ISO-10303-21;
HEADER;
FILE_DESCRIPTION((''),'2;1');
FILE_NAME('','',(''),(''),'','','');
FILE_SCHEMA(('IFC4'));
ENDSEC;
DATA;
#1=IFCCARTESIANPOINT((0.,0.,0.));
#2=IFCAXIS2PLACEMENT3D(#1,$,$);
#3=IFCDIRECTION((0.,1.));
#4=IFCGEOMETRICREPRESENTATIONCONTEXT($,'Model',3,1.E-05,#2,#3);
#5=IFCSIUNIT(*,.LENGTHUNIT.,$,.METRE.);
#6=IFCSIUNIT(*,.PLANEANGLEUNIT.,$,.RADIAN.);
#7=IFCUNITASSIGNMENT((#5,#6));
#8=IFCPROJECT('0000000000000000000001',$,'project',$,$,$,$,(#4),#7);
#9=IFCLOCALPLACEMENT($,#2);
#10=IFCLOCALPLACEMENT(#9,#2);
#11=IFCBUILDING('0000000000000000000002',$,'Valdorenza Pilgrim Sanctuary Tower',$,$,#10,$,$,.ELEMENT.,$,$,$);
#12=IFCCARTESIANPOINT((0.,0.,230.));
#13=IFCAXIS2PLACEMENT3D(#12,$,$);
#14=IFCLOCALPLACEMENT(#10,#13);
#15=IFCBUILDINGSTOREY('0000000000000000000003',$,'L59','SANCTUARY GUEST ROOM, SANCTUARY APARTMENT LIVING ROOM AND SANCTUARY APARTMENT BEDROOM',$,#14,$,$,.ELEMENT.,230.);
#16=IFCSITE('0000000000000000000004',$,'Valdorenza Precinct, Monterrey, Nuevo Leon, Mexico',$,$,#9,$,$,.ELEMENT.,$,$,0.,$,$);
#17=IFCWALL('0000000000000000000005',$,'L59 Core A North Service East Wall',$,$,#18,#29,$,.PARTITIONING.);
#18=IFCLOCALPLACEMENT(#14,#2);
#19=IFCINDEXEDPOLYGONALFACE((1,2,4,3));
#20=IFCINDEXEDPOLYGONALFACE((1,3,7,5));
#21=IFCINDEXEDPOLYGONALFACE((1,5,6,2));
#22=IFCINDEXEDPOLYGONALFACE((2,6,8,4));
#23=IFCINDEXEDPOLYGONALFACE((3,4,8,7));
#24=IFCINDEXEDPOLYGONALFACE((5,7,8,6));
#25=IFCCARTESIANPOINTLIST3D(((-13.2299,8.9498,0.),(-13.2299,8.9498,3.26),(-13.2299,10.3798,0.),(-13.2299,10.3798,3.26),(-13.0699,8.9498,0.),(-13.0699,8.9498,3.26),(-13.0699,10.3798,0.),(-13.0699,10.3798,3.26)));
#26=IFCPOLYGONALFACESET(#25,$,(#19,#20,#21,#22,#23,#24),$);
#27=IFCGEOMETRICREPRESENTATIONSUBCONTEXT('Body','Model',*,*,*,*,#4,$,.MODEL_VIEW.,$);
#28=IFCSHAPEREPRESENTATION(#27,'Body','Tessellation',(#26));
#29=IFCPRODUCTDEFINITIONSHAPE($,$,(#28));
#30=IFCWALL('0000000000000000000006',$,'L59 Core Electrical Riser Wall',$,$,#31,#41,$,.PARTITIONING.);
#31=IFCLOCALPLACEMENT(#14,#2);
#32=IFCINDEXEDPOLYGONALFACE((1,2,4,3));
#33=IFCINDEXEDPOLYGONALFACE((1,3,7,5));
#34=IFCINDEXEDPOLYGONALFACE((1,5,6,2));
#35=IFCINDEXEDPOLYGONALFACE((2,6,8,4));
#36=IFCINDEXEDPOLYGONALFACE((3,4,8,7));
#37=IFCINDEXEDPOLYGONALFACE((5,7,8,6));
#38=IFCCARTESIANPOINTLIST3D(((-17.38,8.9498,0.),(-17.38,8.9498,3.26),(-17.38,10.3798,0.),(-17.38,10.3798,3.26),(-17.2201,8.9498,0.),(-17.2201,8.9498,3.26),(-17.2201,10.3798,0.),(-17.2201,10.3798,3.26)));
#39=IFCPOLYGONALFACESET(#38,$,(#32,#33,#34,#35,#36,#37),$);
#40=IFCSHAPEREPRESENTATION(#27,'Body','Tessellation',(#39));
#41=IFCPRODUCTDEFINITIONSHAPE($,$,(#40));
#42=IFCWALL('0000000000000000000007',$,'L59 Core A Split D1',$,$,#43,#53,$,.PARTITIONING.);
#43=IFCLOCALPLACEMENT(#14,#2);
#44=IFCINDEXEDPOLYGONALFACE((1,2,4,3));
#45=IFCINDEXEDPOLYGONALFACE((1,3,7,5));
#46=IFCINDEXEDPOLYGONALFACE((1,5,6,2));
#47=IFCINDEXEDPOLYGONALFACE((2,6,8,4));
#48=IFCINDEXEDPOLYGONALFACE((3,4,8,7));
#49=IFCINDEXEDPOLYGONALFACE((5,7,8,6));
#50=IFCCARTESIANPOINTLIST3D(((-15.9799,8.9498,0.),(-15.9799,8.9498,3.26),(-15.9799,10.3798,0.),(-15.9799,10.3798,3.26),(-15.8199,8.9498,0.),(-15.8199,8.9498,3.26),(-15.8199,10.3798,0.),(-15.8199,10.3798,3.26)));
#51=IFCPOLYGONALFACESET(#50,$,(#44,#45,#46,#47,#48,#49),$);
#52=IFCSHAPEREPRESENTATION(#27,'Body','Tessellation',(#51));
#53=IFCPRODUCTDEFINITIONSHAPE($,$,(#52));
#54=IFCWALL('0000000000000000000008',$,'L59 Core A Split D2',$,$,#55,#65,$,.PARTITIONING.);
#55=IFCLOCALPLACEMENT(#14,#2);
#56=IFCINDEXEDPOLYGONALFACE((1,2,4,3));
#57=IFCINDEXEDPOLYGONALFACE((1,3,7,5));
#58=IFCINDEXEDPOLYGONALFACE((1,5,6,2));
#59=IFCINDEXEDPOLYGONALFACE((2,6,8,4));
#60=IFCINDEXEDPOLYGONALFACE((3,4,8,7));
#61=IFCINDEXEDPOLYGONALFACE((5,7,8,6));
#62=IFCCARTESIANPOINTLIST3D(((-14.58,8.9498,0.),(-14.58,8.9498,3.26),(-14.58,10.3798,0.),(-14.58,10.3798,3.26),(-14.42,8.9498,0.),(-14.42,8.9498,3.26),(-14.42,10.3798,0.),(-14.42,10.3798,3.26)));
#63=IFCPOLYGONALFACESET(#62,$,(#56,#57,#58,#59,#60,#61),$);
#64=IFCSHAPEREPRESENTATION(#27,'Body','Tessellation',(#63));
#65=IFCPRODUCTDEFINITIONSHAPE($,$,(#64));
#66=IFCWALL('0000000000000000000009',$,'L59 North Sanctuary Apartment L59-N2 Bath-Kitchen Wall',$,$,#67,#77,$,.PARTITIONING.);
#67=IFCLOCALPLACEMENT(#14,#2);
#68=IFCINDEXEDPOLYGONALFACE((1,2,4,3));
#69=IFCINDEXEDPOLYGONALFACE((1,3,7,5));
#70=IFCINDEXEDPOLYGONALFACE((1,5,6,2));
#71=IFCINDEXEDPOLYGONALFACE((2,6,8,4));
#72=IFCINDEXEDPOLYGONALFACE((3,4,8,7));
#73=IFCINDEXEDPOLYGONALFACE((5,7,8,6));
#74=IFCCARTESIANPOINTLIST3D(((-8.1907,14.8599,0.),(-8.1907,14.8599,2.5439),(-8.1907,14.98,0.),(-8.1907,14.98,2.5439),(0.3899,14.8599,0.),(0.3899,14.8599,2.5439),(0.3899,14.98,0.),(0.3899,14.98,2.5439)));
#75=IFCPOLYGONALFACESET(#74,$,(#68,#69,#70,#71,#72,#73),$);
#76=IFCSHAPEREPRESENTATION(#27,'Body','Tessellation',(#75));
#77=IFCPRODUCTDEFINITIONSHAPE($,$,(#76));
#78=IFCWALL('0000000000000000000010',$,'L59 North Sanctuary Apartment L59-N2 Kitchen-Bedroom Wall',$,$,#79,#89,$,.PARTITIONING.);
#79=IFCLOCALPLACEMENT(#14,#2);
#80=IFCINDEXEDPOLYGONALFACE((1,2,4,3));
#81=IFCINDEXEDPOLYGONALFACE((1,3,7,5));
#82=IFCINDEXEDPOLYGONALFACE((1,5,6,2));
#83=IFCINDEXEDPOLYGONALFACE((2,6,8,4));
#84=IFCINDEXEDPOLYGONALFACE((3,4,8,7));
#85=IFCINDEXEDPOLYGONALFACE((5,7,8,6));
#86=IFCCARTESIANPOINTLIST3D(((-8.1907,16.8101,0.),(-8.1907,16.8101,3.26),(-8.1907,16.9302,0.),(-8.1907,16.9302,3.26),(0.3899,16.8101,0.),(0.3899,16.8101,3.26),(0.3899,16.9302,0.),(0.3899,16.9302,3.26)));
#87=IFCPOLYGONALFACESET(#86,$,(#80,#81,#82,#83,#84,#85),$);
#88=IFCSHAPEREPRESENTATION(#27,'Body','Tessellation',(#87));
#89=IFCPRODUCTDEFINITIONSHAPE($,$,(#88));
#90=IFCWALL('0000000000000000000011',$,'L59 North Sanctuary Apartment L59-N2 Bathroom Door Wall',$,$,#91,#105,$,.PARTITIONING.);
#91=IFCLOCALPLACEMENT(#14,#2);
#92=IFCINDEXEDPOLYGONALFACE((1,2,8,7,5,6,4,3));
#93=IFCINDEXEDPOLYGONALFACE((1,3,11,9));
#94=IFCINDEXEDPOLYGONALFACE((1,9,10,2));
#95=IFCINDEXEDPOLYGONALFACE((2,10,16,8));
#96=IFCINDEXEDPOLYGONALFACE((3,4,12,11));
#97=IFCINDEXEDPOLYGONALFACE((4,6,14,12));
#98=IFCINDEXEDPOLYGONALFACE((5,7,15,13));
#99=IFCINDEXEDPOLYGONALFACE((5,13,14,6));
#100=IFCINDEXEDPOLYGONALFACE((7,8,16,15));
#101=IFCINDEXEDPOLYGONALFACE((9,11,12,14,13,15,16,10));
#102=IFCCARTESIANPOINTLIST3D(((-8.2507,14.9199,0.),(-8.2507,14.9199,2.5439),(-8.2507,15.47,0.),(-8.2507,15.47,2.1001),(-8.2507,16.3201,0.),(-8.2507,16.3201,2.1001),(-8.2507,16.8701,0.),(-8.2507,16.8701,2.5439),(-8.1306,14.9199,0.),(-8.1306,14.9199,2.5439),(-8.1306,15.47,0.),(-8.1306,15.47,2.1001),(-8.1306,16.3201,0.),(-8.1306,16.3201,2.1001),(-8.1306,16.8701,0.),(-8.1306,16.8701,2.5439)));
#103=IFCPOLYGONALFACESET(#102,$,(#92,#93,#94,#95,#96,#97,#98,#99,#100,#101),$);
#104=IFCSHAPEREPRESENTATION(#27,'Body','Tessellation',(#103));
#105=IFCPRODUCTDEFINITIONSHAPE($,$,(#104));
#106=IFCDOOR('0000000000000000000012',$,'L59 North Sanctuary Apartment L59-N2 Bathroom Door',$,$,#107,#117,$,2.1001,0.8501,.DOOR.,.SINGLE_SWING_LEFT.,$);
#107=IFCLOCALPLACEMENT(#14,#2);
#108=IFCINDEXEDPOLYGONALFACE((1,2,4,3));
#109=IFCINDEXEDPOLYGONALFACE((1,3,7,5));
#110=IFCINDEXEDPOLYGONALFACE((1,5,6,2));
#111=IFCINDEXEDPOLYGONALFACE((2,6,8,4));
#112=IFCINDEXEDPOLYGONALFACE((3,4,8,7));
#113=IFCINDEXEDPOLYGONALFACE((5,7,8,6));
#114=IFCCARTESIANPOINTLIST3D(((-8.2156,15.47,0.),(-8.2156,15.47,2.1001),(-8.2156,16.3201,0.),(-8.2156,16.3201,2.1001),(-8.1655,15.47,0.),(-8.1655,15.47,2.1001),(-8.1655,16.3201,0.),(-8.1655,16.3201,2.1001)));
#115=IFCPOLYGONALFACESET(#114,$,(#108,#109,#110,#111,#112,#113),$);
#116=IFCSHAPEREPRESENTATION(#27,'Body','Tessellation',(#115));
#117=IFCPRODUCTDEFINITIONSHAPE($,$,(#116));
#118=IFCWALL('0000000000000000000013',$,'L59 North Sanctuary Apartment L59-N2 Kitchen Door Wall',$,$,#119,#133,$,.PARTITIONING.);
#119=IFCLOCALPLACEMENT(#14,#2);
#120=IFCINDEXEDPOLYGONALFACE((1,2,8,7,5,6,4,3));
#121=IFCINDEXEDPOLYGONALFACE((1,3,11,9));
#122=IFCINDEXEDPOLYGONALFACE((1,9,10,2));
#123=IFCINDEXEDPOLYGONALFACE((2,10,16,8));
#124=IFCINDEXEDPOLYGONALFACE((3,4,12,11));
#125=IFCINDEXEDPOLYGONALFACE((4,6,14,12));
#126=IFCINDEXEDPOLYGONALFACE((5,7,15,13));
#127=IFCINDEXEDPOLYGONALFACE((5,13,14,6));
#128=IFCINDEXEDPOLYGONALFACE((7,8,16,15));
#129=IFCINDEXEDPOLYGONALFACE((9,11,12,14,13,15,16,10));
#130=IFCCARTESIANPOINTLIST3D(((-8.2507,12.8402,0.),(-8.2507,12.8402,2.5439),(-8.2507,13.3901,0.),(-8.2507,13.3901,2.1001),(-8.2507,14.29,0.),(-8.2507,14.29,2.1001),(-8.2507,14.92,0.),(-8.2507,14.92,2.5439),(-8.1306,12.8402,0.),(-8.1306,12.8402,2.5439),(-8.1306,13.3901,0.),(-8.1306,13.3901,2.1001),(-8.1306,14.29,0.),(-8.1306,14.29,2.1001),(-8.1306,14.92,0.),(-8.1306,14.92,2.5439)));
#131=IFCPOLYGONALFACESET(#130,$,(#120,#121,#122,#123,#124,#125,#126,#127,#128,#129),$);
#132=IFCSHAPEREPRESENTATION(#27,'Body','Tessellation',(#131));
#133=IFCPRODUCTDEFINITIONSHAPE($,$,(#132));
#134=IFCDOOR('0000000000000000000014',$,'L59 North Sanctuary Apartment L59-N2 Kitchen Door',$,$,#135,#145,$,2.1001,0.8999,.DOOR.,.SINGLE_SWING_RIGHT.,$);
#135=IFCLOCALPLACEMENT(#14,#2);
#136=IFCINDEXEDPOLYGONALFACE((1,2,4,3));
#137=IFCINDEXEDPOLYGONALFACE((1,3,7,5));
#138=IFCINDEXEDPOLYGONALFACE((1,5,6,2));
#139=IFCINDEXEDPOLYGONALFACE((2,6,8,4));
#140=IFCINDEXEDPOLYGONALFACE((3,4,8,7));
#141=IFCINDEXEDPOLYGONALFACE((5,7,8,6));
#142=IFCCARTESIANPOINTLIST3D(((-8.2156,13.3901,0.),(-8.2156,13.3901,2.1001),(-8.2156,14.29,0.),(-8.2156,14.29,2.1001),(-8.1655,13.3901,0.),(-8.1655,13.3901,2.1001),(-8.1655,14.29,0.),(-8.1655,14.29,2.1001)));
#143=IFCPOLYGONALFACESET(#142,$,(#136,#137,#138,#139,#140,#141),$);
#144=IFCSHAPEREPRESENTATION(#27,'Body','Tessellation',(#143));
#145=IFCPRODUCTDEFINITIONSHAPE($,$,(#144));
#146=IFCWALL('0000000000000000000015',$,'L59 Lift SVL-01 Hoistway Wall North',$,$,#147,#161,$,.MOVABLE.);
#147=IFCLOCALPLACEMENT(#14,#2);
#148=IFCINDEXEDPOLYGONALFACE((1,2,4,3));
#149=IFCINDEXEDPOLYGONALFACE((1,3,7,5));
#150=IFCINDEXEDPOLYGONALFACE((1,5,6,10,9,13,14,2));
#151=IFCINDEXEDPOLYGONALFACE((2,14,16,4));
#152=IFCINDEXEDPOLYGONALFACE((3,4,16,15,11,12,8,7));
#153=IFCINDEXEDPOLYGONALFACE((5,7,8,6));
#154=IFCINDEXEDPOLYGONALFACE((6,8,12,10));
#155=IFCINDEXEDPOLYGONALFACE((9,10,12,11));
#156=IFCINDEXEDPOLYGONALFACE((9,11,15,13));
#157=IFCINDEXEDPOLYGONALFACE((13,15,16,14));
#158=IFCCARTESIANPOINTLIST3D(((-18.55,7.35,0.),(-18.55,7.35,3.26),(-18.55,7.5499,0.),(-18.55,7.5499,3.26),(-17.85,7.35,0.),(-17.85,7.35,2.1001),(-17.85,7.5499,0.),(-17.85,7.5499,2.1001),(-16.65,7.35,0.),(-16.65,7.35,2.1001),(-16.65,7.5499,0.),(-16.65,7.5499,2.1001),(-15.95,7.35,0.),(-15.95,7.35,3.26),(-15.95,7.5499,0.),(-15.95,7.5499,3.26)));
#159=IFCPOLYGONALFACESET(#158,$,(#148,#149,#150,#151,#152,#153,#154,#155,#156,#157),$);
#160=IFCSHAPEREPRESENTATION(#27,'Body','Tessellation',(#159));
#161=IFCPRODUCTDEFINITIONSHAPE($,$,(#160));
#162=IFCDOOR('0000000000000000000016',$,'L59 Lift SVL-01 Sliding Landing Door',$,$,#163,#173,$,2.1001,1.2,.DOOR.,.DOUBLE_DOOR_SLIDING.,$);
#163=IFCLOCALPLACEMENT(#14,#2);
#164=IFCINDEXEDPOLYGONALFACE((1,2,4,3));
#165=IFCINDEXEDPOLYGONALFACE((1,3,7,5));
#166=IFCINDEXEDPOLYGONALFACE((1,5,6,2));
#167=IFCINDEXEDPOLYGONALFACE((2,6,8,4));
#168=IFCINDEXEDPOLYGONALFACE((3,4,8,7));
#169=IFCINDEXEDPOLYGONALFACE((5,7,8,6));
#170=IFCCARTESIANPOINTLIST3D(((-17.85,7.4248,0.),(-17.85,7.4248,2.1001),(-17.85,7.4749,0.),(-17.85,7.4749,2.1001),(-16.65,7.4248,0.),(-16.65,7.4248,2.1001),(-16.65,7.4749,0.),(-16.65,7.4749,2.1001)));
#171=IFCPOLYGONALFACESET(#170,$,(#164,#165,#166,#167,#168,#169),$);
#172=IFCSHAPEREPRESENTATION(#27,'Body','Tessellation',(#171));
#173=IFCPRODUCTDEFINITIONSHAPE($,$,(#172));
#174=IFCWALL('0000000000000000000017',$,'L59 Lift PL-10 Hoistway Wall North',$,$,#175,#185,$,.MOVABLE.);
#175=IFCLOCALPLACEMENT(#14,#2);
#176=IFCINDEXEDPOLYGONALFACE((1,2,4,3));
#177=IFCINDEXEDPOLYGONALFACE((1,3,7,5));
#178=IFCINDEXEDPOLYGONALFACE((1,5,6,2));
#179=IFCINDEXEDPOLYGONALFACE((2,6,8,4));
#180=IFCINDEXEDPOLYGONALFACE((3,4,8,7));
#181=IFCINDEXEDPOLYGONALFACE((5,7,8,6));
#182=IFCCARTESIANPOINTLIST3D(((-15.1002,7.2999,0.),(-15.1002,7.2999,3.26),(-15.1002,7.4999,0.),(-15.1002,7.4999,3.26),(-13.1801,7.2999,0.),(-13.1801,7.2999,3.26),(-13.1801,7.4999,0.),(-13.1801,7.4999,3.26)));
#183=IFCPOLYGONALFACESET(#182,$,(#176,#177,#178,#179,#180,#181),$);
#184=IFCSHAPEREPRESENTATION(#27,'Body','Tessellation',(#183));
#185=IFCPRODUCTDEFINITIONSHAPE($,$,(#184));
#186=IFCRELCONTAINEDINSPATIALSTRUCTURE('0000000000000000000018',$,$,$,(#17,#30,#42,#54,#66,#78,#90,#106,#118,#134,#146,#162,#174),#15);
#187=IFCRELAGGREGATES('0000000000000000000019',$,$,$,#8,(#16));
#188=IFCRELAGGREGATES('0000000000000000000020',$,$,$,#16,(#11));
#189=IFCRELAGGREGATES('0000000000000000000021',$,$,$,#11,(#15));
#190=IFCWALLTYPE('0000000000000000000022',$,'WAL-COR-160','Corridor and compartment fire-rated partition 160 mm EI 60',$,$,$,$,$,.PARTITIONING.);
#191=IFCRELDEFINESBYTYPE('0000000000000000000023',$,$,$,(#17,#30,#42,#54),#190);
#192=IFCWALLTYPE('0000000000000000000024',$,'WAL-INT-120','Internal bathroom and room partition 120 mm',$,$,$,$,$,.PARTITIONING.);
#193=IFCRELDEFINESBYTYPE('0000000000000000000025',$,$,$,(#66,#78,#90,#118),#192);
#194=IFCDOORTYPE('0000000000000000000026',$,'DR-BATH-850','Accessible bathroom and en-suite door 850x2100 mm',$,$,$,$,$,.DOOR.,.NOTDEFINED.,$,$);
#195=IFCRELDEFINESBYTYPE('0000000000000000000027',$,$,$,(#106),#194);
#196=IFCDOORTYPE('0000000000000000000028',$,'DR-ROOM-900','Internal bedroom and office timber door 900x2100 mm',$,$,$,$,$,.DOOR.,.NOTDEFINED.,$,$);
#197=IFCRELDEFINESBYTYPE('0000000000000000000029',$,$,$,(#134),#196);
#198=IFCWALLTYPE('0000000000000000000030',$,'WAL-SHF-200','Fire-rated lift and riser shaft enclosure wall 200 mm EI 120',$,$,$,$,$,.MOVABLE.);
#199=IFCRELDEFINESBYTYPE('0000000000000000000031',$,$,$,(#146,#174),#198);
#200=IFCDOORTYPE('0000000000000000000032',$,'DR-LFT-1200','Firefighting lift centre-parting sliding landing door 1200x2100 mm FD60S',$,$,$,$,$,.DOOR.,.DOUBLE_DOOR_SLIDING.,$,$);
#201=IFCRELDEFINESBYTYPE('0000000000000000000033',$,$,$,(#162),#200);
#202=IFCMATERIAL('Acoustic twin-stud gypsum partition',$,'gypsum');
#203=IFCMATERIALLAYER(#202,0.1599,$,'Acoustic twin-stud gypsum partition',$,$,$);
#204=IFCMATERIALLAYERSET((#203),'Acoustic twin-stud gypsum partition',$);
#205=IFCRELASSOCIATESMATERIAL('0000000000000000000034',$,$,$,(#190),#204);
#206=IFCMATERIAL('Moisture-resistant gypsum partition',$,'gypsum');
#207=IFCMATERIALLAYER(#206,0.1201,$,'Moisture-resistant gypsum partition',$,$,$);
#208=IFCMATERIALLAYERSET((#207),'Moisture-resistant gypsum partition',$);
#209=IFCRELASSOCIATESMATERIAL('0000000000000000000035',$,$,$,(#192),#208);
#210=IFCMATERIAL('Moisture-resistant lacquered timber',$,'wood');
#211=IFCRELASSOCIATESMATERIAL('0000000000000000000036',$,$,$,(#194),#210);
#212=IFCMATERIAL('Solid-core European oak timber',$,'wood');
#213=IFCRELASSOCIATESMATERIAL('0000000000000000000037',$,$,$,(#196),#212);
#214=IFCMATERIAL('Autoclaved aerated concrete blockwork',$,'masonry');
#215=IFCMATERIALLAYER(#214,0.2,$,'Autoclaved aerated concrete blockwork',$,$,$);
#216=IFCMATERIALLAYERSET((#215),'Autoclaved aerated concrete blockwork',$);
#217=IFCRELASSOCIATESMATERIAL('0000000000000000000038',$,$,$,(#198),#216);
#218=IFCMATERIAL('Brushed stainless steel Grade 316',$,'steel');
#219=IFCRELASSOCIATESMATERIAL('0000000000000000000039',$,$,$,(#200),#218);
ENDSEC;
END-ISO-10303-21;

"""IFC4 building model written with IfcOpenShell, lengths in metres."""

from ifc_helpers import new_model, si_unit, direction, frame, frame_2d, origin, place, context, subcontext, project, spatial, rectangle, extrude, material, layer, layer_set, type_object, element, fill, save


model = new_model("IFC4")

# Units and contexts
model_context = context("Model", 3, precision=1e-05, world=origin(), true_north=direction((0.0, 1.0)))
body_context = subcontext(model_context, "Body", "Model", "MODEL_VIEW")
ifc_project = project(units=[si_unit("LENGTHUNIT", "METRE"), si_unit("PLANEANGLEUNIT", "RADIAN")], contexts=[model_context])

# Site, building, storey
site_placement = place(None, origin())
site = spatial("IfcSite", under=ifc_project, at=site_placement, Name="Valdorenza Precinct, Monterrey, Nuevo Leon, Mexico", CompositionType="ELEMENT", RefElevation=0.0)
building_placement = place(site_placement, origin())
building = spatial("IfcBuilding", under=site, at=building_placement, Name="Valdorenza Pilgrim Sanctuary Tower", CompositionType="ELEMENT")
storey_placement = place(building_placement, frame((0.0, 0.0, 230.0)))
storey = spatial("IfcBuildingStorey", under=building, at=storey_placement, Name="L59", Description="SANCTUARY GUEST ROOM, SANCTUARY APARTMENT LIVING ROOM AND SANCTUARY APARTMENT BEDROOM", CompositionType="ELEMENT", Elevation=230.0)

# Walls
ifc_material_1 = material(Name="Acoustic twin-stud gypsum partition", Category="gypsum")
ifc_layer_1 = layer(ifc_material_1, 0.1599, Name="Acoustic twin-stud gypsum partition")
ifc_layer_set_1 = layer_set([ifc_layer_1], Name="Acoustic twin-stud gypsum partition")
wall_type_1 = type_object("IfcWallType", Name="WAL-COR-160", Description="Corridor and compartment fire-rated partition 160 mm EI 60", PredefinedType="PARTITIONING", material=ifc_layer_set_1)
for number, where, z_axis, x_axis, name in (
    (1, (-13.1499, 8.95, 0.0), (0.0, 0.0, 1.0), (0.0, 1.0, 0.0), "L59 Core A North Service East Wall"),
    (2, (-17.3, 8.95, 0.0), (0.0, 0.0, 1.0), (0.0, 1.0, 0.0), "L59 Core Electrical Riser Wall"),
    (3, (-15.8999, 8.95, 0.0), (0.0, 0.0, 1.0), (0.0, 1.0, 0.0), "L59 Core A Split D1"),
    (4, (-14.5, 8.95, 0.0), (0.0, 0.0, 1.0), (0.0, 1.0, 0.0), "L59 Core A Split D2"),
):
    element("IfcWall", number, at=place(storey_placement, frame(where, z_axis=z_axis, x_axis=x_axis)), inside=storey, type_object=wall_type_1, Name=name, PredefinedType="PARTITIONING", context=body_context, shape_type="SweptSolid", body=[
        extrude(rectangle(XDim=1.4299, YDim=0.1599, at=frame_2d((0.7148, 0.0))), origin(), (0.0, 0.0, 1.0), 3.26),
    ])
ifc_material_2 = material(Name="Moisture-resistant gypsum partition", Category="gypsum")
ifc_layer_2 = layer(ifc_material_2, 0.1201, Name="Moisture-resistant gypsum partition")
ifc_layer_set_2 = layer_set([ifc_layer_2], Name="Moisture-resistant gypsum partition")
wall_type_2 = type_object("IfcWallType", Name="WAL-INT-120", Description="Internal bathroom and room partition 120 mm", PredefinedType="PARTITIONING", material=ifc_layer_set_2)
wall_1_placement = place(storey_placement, frame((-8.1907, 14.9199, 0.0), z_axis=(0.0, 0.0, 1.0), x_axis=(1.0, 0.0, 0.0)))
element("IfcWall", 5, at=wall_1_placement, inside=storey, type_object=wall_type_2, Name="L59 North Sanctuary Apartment L59-N2 Bath-Kitchen Wall", PredefinedType="PARTITIONING", context=body_context, shape_type="SweptSolid", body=[
    extrude(rectangle(XDim=8.5806, YDim=0.1201, at=frame_2d((4.2903, 0.0))), origin(), (0.0, 0.0, 1.0), 2.5439),
])
wall_2_placement = place(storey_placement, frame((-8.1907, 16.8701, 0.0), z_axis=(0.0, 0.0, 1.0), x_axis=(1.0, 0.0, 0.0)))
element("IfcWall", 6, at=wall_2_placement, inside=storey, type_object=wall_type_2, Name="L59 North Sanctuary Apartment L59-N2 Kitchen-Bedroom Wall", PredefinedType="PARTITIONING", context=body_context, shape_type="SweptSolid", body=[
    extrude(rectangle(XDim=8.5806, YDim=0.1201, at=frame_2d((4.2903, 0.0))), origin(), (0.0, 0.0, 1.0), 3.26),
])

# Walls, openings, doors
wall_3_placement = place(storey_placement, frame((-8.1907, 14.9199, 0.0), z_axis=(0.0, 0.0, 1.0), x_axis=(0.0, 1.0, 0.0)))
wall_3 = element("IfcWall", 7, at=wall_3_placement, inside=storey, type_object=wall_type_2, Name="L59 North Sanctuary Apartment L59-N2 Bathroom Door Wall", PredefinedType="PARTITIONING", context=body_context, shape_type="SweptSolid", body=[
    extrude(rectangle(XDim=1.9502, YDim=0.1201, at=frame_2d((0.9751, 0.0))), origin(), (0.0, 0.0, 1.0), 2.5439),
])
opening_1_placement = place(wall_3_placement, frame((0.55, 0.0, 0.0)))
opening_1 = element("IfcOpeningElement", 8, at=opening_1_placement, cuts=wall_3, PredefinedType="OPENING", context=body_context, shape_type="SweptSolid", body=[
    extrude(rectangle(XDim=0.8501, YDim=2.1001, at=frame_2d((0.425, 1.05))), frame((0.0, 0.075, 0.0), z_axis=(0.0, -1.0, 0.0), x_axis=(1.0, 0.0, 0.0)), (0.0, 0.0, 1.0), 0.1499),
])
ifc_material_3 = material(Name="Moisture-resistant lacquered timber", Category="wood")
door_type_1 = type_object("IfcDoorType", Name="DR-BATH-850", Description="Accessible bathroom and en-suite door 850x2100 mm", OperationType="NOTDEFINED", PredefinedType="DOOR", material=ifc_material_3)
door_1_placement = place(opening_1_placement, origin())
door_1 = element("IfcDoor", 9, at=door_1_placement, inside=storey, type_object=door_type_1, Name="L59 North Sanctuary Apartment L59-N2 Bathroom Door", OperationType="SINGLE_SWING_LEFT", OverallHeight=2.1001, OverallWidth=0.8501, PredefinedType="DOOR", context=body_context, shape_type="SweptSolid", body=[
    extrude(rectangle(XDim=0.8501, YDim=2.1001, at=frame_2d((0.425, 1.05))), frame((0.0, 0.0249, 0.0), z_axis=(0.0, -1.0, 0.0), x_axis=(1.0, 0.0, 0.0)), (0.0, 0.0, 1.0), 0.05),
])
fill(opening_1, door_1)
wall_4_placement = place(storey_placement, frame((-8.1907, 12.8401, 0.0), z_axis=(0.0, 0.0, 1.0), x_axis=(0.0, 1.0, 0.0)))
wall_4 = element("IfcWall", 10, at=wall_4_placement, inside=storey, type_object=wall_type_2, Name="L59 North Sanctuary Apartment L59-N2 Kitchen Door Wall", PredefinedType="PARTITIONING", context=body_context, shape_type="SweptSolid", body=[
    extrude(rectangle(XDim=2.0798, YDim=0.1201, at=frame_2d((1.04, 0.0))), origin(), (0.0, 0.0, 1.0), 2.5439),
])
opening_2_placement = place(wall_4_placement, frame((0.55, 0.0, 0.0)))
opening_2 = element("IfcOpeningElement", 11, at=opening_2_placement, cuts=wall_4, PredefinedType="OPENING", context=body_context, shape_type="SweptSolid", body=[
    extrude(rectangle(XDim=0.8999, YDim=2.1001, at=frame_2d((0.45, 1.05))), frame((0.0, 0.075, 0.0), z_axis=(0.0, -1.0, 0.0), x_axis=(1.0, 0.0, 0.0)), (0.0, 0.0, 1.0), 0.1499),
])
ifc_material_4 = material(Name="Solid-core European oak timber", Category="wood")
door_type_2 = type_object("IfcDoorType", Name="DR-ROOM-900", Description="Internal bedroom and office timber door 900x2100 mm", OperationType="NOTDEFINED", PredefinedType="DOOR", material=ifc_material_4)
door_2_placement = place(opening_2_placement, origin())
door_2 = element("IfcDoor", 12, at=door_2_placement, inside=storey, type_object=door_type_2, Name="L59 North Sanctuary Apartment L59-N2 Kitchen Door", OperationType="SINGLE_SWING_RIGHT", OverallHeight=2.1001, OverallWidth=0.8999, PredefinedType="DOOR", context=body_context, shape_type="SweptSolid", body=[
    extrude(rectangle(XDim=0.8999, YDim=2.1001, at=frame_2d((0.45, 1.05))), frame((0.0, 0.0249, 0.0), z_axis=(0.0, -1.0, 0.0), x_axis=(1.0, 0.0, 0.0)), (0.0, 0.0, 1.0), 0.05),
])
fill(opening_2, door_2)
ifc_material_5 = material(Name="Autoclaved aerated concrete blockwork", Category="masonry")
ifc_layer_3 = layer(ifc_material_5, 0.2, Name="Autoclaved aerated concrete blockwork")
ifc_layer_set_3 = layer_set([ifc_layer_3], Name="Autoclaved aerated concrete blockwork")
wall_type_3 = type_object("IfcWallType", Name="WAL-SHF-200", Description="Fire-rated lift and riser shaft enclosure wall 200 mm EI 120", PredefinedType="MOVABLE", material=ifc_layer_set_3)
wall_5_placement = place(storey_placement, frame((-18.55, 7.45, 0.0), z_axis=(0.0, 0.0, 1.0), x_axis=(1.0, 0.0, 0.0)))
wall_5 = element("IfcWall", 13, at=wall_5_placement, inside=storey, type_object=wall_type_3, Name="L59 Lift SVL-01 Hoistway Wall North", PredefinedType="MOVABLE", context=body_context, shape_type="SweptSolid", body=[
    extrude(rectangle(XDim=2.6001, YDim=0.2, at=frame_2d((1.3, 0.0))), origin(), (0.0, 0.0, 1.0), 3.26),
])
opening_3_placement = place(wall_5_placement, frame((0.7, 0.0, 0.0)))
opening_3 = element("IfcOpeningElement", 14, at=opening_3_placement, cuts=wall_5, PredefinedType="OPENING", context=body_context, shape_type="SweptSolid", body=[
    extrude(rectangle(XDim=1.2, YDim=2.1001, at=frame_2d((0.6001, 1.05))), frame((0.0, 0.1147, 0.0), z_axis=(0.0, -1.0, 0.0), x_axis=(1.0, 0.0, 0.0)), (0.0, 0.0, 1.0), 0.2297),
])
ifc_material_6 = material(Name="Brushed stainless steel Grade 316", Category="steel")
door_type_3 = type_object("IfcDoorType", Name="DR-LFT-1200", Description="Firefighting lift centre-parting sliding landing door 1200x2100 mm FD60S", OperationType="DOUBLE_DOOR_SLIDING", PredefinedType="DOOR", material=ifc_material_6)
door_3_placement = place(opening_3_placement, origin())
door_3 = element("IfcDoor", 15, at=door_3_placement, inside=storey, type_object=door_type_3, Name="L59 Lift SVL-01 Sliding Landing Door", OperationType="DOUBLE_DOOR_SLIDING", OverallHeight=2.1001, OverallWidth=1.2, PredefinedType="DOOR", context=body_context, shape_type="SweptSolid", body=[
    extrude(rectangle(XDim=1.2, YDim=2.1001, at=frame_2d((0.6001, 1.05))), frame((0.0, 0.0249, 0.0), z_axis=(0.0, -1.0, 0.0), x_axis=(1.0, 0.0, 0.0)), (0.0, 0.0, 1.0), 0.05),
])
fill(opening_3, door_3)

# Wall
wall_6_placement = place(storey_placement, frame((-15.1001, 7.3999, 0.0), z_axis=(0.0, 0.0, 1.0), x_axis=(1.0, 0.0, 0.0)))
element("IfcWall", 16, at=wall_6_placement, inside=storey, type_object=wall_type_3, Name="L59 Lift PL-10 Hoistway Wall North", PredefinedType="MOVABLE", context=body_context, shape_type="SweptSolid", body=[
    extrude(rectangle(XDim=1.9202, YDim=0.2, at=frame_2d((0.96, 0.0))), origin(), (0.0, 0.0, 1.0), 3.26),
])

save(model, "model.ifc")
